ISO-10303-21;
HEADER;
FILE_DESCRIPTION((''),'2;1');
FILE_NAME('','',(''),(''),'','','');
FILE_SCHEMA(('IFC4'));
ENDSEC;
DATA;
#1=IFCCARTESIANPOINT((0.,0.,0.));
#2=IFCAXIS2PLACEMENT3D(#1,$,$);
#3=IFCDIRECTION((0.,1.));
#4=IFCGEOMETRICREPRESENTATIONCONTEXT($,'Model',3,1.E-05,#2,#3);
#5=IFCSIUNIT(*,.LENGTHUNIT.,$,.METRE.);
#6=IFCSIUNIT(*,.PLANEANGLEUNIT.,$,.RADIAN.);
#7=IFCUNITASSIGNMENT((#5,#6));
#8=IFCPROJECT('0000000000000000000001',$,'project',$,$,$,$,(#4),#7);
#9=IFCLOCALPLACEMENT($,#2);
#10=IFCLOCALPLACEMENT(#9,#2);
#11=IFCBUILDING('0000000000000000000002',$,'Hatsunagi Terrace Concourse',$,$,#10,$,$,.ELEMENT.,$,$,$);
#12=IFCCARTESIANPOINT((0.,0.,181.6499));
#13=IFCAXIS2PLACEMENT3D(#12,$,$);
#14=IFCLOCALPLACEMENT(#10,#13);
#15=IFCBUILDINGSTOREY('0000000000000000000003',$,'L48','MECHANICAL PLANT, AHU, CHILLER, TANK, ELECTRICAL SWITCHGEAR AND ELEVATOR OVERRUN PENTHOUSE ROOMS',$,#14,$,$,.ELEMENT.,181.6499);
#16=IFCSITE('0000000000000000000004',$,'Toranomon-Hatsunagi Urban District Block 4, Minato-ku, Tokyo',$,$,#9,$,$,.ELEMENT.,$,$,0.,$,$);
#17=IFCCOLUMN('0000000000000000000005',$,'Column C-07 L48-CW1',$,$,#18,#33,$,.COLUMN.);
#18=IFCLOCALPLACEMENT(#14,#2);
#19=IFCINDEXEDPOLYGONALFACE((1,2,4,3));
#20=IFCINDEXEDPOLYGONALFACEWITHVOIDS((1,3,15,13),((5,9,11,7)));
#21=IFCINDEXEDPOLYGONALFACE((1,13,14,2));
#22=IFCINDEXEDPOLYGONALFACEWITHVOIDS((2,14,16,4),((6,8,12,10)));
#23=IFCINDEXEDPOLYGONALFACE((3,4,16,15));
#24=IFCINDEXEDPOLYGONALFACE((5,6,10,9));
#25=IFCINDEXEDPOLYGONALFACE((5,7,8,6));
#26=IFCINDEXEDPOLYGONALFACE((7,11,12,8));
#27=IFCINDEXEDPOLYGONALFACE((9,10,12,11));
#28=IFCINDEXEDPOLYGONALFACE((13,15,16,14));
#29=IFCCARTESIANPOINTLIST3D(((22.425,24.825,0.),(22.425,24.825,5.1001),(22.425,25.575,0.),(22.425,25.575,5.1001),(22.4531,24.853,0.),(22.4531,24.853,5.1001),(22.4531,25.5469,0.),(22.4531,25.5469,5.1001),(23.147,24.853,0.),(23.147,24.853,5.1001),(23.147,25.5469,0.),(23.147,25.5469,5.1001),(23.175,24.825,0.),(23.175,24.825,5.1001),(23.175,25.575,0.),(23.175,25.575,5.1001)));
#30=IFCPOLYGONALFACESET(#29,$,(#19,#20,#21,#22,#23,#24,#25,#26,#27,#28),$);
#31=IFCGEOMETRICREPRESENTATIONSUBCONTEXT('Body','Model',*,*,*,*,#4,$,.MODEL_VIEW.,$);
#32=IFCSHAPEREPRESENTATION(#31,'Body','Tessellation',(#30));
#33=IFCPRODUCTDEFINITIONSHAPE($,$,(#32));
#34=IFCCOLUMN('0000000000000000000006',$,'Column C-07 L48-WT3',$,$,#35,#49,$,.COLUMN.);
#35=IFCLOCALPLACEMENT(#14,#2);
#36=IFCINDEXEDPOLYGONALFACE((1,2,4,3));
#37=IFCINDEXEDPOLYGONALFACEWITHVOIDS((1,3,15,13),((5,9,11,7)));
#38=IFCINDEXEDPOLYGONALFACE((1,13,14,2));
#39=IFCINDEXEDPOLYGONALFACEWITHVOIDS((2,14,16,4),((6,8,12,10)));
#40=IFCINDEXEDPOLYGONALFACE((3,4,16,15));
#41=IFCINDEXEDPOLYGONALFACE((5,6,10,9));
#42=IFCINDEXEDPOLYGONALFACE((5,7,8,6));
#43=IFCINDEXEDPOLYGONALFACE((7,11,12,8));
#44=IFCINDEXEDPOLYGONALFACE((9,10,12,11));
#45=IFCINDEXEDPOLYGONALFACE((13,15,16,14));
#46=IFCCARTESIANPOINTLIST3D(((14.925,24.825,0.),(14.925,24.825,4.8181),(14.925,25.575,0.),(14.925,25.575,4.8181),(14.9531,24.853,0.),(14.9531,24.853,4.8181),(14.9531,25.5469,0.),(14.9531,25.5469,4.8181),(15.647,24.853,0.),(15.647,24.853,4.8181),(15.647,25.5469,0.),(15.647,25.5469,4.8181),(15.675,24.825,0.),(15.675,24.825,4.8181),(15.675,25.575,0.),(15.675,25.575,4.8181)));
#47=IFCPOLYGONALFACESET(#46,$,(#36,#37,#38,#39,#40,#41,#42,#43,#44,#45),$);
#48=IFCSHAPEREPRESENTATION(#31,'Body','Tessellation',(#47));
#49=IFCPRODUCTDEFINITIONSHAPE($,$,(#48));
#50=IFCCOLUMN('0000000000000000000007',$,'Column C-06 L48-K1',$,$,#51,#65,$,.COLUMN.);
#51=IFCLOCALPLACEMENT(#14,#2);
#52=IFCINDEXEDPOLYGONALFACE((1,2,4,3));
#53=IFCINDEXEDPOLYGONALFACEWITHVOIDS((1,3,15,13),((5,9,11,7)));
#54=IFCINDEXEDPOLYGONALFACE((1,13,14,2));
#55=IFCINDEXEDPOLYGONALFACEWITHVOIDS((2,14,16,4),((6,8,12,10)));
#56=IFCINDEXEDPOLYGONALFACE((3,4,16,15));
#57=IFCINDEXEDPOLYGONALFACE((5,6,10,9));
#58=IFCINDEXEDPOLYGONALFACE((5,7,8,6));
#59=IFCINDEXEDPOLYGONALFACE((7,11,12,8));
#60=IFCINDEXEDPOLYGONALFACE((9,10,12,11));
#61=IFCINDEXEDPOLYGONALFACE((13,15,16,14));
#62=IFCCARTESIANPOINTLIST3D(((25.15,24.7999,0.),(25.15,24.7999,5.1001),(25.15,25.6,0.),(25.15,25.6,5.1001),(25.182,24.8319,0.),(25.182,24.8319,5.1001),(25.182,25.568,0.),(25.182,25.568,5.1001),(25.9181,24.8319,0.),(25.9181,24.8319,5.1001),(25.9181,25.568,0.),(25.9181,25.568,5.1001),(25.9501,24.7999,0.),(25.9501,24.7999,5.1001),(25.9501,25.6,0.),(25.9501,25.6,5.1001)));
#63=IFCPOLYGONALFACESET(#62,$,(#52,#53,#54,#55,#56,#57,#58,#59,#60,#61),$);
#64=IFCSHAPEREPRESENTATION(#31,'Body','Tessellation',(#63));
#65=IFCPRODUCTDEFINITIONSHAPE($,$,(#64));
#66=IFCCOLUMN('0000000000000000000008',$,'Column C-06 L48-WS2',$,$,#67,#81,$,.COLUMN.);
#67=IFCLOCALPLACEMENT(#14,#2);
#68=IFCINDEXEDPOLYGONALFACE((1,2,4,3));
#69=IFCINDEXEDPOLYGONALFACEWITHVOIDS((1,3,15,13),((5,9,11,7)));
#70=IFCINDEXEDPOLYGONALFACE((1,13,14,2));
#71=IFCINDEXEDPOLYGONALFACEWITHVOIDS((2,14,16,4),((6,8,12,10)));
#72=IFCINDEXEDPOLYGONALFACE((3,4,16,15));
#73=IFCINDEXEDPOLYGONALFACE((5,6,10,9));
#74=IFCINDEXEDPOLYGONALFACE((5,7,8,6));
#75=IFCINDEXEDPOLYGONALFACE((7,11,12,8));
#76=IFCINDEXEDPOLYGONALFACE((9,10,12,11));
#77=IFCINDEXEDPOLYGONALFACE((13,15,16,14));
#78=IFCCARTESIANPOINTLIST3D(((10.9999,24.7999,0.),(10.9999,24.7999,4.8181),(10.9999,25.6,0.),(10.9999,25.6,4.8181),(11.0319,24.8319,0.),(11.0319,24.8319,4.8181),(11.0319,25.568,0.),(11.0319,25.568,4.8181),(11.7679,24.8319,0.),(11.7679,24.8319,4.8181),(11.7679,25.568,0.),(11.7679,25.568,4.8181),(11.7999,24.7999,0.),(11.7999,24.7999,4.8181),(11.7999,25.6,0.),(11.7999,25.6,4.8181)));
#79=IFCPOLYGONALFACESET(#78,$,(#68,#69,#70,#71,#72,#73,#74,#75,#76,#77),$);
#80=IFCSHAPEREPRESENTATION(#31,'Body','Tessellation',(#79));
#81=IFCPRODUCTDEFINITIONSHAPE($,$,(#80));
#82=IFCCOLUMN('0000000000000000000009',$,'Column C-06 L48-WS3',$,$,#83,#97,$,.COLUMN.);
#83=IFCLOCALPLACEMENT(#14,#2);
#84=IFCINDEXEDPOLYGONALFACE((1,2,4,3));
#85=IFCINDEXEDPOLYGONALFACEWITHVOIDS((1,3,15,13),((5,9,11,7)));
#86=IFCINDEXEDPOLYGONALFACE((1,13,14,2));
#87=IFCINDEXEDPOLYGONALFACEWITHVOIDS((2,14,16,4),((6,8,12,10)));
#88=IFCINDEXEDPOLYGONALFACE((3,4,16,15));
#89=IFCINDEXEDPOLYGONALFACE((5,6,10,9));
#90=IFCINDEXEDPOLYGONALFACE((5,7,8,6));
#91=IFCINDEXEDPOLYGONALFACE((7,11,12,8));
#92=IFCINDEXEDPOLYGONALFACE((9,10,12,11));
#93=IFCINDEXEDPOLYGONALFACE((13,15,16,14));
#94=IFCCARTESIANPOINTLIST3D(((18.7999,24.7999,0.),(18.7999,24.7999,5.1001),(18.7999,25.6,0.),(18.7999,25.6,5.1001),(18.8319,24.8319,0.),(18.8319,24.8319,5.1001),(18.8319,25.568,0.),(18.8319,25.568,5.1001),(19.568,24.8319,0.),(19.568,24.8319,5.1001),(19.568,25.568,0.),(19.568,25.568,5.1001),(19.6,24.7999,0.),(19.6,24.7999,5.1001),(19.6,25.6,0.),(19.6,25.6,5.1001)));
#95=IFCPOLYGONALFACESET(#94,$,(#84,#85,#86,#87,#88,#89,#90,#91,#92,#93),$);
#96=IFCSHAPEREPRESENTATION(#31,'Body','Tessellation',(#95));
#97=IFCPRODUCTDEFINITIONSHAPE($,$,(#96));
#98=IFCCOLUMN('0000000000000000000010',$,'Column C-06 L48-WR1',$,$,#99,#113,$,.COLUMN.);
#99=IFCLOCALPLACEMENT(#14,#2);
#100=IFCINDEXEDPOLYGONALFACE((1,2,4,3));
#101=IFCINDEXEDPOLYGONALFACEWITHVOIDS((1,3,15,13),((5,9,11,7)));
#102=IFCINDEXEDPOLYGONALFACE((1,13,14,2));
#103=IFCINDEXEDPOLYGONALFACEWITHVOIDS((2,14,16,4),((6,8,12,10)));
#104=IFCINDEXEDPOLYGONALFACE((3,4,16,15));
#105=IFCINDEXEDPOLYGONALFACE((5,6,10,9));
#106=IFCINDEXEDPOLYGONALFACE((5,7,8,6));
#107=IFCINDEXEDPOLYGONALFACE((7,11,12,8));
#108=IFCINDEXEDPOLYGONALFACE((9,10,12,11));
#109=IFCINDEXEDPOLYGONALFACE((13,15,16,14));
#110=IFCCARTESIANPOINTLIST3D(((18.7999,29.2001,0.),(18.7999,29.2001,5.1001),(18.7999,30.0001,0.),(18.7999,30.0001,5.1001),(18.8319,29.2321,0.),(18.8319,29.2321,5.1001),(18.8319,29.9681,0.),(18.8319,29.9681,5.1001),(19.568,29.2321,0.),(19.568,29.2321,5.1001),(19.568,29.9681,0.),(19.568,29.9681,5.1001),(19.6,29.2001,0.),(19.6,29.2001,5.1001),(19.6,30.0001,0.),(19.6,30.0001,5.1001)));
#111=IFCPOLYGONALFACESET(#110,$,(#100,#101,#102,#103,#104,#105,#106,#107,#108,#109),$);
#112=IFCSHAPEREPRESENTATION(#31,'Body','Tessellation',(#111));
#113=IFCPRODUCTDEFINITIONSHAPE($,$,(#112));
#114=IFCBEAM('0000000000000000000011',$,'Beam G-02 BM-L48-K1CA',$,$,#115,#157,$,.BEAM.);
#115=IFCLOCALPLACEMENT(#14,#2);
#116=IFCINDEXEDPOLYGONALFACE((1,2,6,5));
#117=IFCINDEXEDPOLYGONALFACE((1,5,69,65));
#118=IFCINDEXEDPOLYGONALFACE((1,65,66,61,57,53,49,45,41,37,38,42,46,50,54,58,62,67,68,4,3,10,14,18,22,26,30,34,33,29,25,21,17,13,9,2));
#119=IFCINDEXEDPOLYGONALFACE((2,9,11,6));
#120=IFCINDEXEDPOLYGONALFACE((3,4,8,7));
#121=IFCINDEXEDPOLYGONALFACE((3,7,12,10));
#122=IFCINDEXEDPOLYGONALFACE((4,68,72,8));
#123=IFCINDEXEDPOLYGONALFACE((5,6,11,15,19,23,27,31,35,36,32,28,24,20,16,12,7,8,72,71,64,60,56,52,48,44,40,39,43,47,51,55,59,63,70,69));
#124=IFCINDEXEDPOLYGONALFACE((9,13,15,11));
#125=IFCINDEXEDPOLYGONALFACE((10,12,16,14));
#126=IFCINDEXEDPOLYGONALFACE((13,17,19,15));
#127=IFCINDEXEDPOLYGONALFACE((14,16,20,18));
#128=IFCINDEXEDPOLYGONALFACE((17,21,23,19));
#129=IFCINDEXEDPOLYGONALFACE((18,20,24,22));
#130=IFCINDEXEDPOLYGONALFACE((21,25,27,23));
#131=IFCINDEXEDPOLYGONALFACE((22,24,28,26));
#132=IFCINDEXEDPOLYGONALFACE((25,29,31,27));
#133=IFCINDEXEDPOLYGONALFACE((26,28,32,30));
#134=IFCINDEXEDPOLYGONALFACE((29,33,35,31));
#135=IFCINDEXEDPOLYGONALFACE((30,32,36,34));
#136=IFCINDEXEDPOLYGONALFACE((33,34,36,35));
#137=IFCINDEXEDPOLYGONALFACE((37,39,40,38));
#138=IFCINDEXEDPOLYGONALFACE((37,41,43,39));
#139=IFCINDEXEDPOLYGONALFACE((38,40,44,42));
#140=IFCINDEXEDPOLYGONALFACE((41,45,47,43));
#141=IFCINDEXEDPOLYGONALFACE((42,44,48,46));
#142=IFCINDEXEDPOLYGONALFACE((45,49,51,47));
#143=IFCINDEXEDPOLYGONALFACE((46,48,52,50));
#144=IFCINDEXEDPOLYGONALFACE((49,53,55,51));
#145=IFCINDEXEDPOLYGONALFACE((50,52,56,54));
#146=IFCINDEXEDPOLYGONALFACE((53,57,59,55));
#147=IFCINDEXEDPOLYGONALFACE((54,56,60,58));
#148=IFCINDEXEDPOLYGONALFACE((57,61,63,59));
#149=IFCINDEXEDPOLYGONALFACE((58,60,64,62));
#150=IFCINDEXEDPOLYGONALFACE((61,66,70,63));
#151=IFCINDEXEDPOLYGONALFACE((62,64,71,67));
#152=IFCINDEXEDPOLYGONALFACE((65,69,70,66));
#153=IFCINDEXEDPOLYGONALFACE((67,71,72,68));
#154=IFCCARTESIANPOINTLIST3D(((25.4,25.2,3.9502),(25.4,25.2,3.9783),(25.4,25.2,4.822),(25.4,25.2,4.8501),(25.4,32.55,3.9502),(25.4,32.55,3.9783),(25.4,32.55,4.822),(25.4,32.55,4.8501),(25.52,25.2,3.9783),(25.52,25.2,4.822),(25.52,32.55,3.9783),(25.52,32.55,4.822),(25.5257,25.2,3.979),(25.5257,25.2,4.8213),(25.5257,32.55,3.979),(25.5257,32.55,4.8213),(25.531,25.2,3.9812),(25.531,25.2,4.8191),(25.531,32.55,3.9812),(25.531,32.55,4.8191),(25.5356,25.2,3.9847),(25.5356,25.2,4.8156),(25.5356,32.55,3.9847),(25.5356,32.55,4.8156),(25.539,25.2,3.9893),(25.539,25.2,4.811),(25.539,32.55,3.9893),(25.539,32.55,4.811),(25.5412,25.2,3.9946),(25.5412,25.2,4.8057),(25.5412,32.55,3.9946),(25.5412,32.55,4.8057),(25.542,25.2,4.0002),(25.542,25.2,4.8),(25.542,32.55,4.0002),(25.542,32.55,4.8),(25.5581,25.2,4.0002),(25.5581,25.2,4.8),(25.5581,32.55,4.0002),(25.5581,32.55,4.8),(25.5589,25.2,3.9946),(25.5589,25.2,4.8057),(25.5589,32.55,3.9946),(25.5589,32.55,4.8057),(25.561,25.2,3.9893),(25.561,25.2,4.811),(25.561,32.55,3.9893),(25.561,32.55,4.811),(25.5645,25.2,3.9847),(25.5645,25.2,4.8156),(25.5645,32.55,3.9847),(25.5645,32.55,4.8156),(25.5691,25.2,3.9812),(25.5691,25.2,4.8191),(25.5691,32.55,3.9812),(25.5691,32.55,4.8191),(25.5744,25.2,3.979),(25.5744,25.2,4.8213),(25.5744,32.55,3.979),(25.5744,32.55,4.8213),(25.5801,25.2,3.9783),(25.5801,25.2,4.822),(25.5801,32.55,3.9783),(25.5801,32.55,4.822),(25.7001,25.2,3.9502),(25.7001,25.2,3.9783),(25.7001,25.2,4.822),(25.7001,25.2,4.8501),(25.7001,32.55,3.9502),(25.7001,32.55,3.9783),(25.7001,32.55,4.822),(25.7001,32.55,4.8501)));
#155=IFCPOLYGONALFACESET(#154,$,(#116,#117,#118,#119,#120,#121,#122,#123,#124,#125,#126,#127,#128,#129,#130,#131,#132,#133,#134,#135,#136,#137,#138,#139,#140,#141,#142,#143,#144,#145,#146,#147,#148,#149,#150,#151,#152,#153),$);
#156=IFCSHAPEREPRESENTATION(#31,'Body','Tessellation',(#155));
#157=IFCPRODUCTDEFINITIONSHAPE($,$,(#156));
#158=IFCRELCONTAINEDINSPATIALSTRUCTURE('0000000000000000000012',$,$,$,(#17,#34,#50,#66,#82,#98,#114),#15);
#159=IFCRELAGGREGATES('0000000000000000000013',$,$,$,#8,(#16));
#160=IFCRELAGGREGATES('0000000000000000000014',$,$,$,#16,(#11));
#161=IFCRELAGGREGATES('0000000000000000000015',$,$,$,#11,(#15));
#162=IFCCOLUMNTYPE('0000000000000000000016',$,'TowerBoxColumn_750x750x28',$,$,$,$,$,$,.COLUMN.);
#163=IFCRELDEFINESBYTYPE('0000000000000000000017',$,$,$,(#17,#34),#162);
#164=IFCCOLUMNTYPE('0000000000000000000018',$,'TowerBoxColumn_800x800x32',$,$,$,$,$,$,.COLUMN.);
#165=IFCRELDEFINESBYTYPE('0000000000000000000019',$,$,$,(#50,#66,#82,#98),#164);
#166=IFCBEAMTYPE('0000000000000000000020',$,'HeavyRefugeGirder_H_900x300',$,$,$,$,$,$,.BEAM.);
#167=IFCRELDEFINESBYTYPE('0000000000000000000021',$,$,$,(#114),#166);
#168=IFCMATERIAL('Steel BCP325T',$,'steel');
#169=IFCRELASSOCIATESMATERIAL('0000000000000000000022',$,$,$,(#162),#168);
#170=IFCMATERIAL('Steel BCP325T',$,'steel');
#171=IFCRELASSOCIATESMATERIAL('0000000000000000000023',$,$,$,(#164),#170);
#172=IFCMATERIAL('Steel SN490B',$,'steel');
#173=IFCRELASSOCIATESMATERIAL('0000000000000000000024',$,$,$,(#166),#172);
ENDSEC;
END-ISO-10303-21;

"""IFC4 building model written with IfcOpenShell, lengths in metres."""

from ifc_helpers import new_model, si_unit, direction, frame, origin, origin_2d, place, context, subcontext, project, spatial, hollow_rectangle, i_section, extrude, material, material_profile, profile_set, type_object, element, save


model = new_model("IFC4")

# Units and contexts
model_context = context("Model", 3, precision=1e-05, world=origin(), true_north=direction((0.0, 1.0)))
body_context = subcontext(model_context, "Body", "Model", "MODEL_VIEW")
ifc_project = project(units=[si_unit("LENGTHUNIT", "METRE"), si_unit("PLANEANGLEUNIT", "RADIAN")], contexts=[model_context])

# Site, building, storey
site_placement = place(None, origin())
site = spatial("IfcSite", under=ifc_project, at=site_placement, Name="Toranomon-Hatsunagi Urban District Block 4, Minato-ku, Tokyo", CompositionType="ELEMENT", RefElevation=0.0)
building_placement = place(site_placement, origin())
building = spatial("IfcBuilding", under=site, at=building_placement, Name="Hatsunagi Terrace Concourse", CompositionType="ELEMENT")
storey_placement = place(building_placement, frame((0.0, 0.0, 181.6499)))
storey = spatial("IfcBuildingStorey", under=building, at=storey_placement, Name="L48", Description="MECHANICAL PLANT, AHU, CHILLER, TANK, ELECTRICAL SWITCHGEAR AND ELEVATOR OVERRUN PENTHOUSE ROOMS", CompositionType="ELEMENT", Elevation=181.6499)

# Columns
ifc_material_1 = material(Name="Steel BCP325T", Category="steel")
ifc_material_profile_1 = material_profile(ifc_material_1, hollow_rectangle(XDim=0.75, YDim=0.75, WallThickness=0.0281, at=origin_2d()), Name="BCP-750x750x28")
ifc_profile_set_1 = profile_set([ifc_material_profile_1], Name="Steel BCP325T")
column_type_1 = type_object("IfcColumnType", Name="TowerBoxColumn_750x750x28", PredefinedType="COLUMN", material=ifc_profile_set_1)
column_1_placement = place(storey_placement, frame((22.8, 25.2, 0.0), z_axis=(0.0, 0.0, 1.0), x_axis=(1.0, 0.0, 0.0)))
element("IfcColumn", 1, at=column_1_placement, inside=storey, type_object=column_type_1, Name="Column C-07 L48-CW1", PredefinedType="COLUMN", context=body_context, shape_type="SweptSolid", body=[
    extrude(hollow_rectangle(XDim=0.75, YDim=0.75, WallThickness=0.0281, at=origin_2d()), origin(), (0.0, 0.0, 1.0), 5.1001),
])
column_2_placement = place(storey_placement, frame((15.3, 25.2, 0.0), z_axis=(0.0, 0.0, 1.0), x_axis=(1.0, 0.0, 0.0)))
element("IfcColumn", 2, at=column_2_placement, inside=storey, type_object=column_type_1, Name="Column C-07 L48-WT3", PredefinedType="COLUMN", context=body_context, shape_type="SweptSolid", body=[
    extrude(hollow_rectangle(XDim=0.75, YDim=0.75, WallThickness=0.0281, at=origin_2d()), origin(), (0.0, 0.0, 1.0), 4.8181),
])
ifc_material_2 = material(Name="Steel BCP325T", Category="steel")
ifc_material_profile_2 = material_profile(ifc_material_2, hollow_rectangle(XDim=0.8, YDim=0.8, WallThickness=0.032, at=origin_2d()), Name="BCP-800x800x32")
ifc_profile_set_2 = profile_set([ifc_material_profile_2], Name="Steel BCP325T")
column_type_2 = type_object("IfcColumnType", Name="TowerBoxColumn_800x800x32", PredefinedType="COLUMN", material=ifc_profile_set_2)
column_3_placement = place(storey_placement, frame((25.55, 25.2, 0.0), z_axis=(0.0, 0.0, 1.0), x_axis=(1.0, 0.0, 0.0)))
element("IfcColumn", 3, at=column_3_placement, inside=storey, type_object=column_type_2, Name="Column C-06 L48-K1", PredefinedType="COLUMN", context=body_context, shape_type="SweptSolid", body=[
    extrude(hollow_rectangle(XDim=0.8, YDim=0.8, WallThickness=0.032, at=origin_2d()), origin(), (0.0, 0.0, 1.0), 5.1001),
])
column_4_placement = place(storey_placement, frame((11.3999, 25.2, 0.0), z_axis=(0.0, 0.0, 1.0), x_axis=(1.0, 0.0, 0.0)))
element("IfcColumn", 4, at=column_4_placement, inside=storey, type_object=column_type_2, Name="Column C-06 L48-WS2", PredefinedType="COLUMN", context=body_context, shape_type="SweptSolid", body=[
    extrude(hollow_rectangle(XDim=0.8, YDim=0.8, WallThickness=0.032, at=origin_2d()), origin(), (0.0, 0.0, 1.0), 4.8181),
])
for number, where, z_axis, x_axis, name in (
    (5, (19.2, 25.2, 0.0), (0.0, 0.0, 1.0), (1.0, 0.0, 0.0), "Column C-06 L48-WS3"),
    (6, (19.2, 29.6001, 0.0), (0.0, 0.0, 1.0), (1.0, 0.0, 0.0), "Column C-06 L48-WR1"),
):
    element("IfcColumn", number, at=place(storey_placement, frame(where, z_axis=z_axis, x_axis=x_axis)), inside=storey, type_object=column_type_2, Name=name, PredefinedType="COLUMN", context=body_context, shape_type="SweptSolid", body=[
        extrude(hollow_rectangle(XDim=0.8, YDim=0.8, WallThickness=0.032, at=origin_2d()), origin(), (0.0, 0.0, 1.0), 5.1001),
    ])

# Beam
ifc_material_3 = material(Name="Steel SN490B", Category="steel")
ifc_material_profile_3 = material_profile(ifc_material_3, i_section(OverallWidth=0.3, OverallDepth=0.8999, WebThickness=0.0161, FlangeThickness=0.0281, FilletRadius=0.022, at=origin_2d()), Name="H-900x300x16x28")
ifc_profile_set_3 = profile_set([ifc_material_profile_3], Name="Steel SN490B")
beam_type_1 = type_object("IfcBeamType", Name="HeavyRefugeGirder_H_900x300", PredefinedType="BEAM", material=ifc_profile_set_3)
beam_1_placement = place(storey_placement, frame((25.55, 25.2, 4.4001), z_axis=(0.0, 1.0, 0.0), x_axis=(-1.0, 0.0, 0.0)))
element("IfcBeam", 7, at=beam_1_placement, inside=storey, type_object=beam_type_1, Name="Beam G-02 BM-L48-K1CA", PredefinedType="BEAM", context=body_context, shape_type="SweptSolid", body=[
    extrude(i_section(OverallWidth=0.3, OverallDepth=0.8999, WebThickness=0.0161, FlangeThickness=0.0281, FilletRadius=0.022, at=origin_2d()), origin(), (0.0, 0.0, 1.0), 7.3501),
])

save(model, "model.ifc")
